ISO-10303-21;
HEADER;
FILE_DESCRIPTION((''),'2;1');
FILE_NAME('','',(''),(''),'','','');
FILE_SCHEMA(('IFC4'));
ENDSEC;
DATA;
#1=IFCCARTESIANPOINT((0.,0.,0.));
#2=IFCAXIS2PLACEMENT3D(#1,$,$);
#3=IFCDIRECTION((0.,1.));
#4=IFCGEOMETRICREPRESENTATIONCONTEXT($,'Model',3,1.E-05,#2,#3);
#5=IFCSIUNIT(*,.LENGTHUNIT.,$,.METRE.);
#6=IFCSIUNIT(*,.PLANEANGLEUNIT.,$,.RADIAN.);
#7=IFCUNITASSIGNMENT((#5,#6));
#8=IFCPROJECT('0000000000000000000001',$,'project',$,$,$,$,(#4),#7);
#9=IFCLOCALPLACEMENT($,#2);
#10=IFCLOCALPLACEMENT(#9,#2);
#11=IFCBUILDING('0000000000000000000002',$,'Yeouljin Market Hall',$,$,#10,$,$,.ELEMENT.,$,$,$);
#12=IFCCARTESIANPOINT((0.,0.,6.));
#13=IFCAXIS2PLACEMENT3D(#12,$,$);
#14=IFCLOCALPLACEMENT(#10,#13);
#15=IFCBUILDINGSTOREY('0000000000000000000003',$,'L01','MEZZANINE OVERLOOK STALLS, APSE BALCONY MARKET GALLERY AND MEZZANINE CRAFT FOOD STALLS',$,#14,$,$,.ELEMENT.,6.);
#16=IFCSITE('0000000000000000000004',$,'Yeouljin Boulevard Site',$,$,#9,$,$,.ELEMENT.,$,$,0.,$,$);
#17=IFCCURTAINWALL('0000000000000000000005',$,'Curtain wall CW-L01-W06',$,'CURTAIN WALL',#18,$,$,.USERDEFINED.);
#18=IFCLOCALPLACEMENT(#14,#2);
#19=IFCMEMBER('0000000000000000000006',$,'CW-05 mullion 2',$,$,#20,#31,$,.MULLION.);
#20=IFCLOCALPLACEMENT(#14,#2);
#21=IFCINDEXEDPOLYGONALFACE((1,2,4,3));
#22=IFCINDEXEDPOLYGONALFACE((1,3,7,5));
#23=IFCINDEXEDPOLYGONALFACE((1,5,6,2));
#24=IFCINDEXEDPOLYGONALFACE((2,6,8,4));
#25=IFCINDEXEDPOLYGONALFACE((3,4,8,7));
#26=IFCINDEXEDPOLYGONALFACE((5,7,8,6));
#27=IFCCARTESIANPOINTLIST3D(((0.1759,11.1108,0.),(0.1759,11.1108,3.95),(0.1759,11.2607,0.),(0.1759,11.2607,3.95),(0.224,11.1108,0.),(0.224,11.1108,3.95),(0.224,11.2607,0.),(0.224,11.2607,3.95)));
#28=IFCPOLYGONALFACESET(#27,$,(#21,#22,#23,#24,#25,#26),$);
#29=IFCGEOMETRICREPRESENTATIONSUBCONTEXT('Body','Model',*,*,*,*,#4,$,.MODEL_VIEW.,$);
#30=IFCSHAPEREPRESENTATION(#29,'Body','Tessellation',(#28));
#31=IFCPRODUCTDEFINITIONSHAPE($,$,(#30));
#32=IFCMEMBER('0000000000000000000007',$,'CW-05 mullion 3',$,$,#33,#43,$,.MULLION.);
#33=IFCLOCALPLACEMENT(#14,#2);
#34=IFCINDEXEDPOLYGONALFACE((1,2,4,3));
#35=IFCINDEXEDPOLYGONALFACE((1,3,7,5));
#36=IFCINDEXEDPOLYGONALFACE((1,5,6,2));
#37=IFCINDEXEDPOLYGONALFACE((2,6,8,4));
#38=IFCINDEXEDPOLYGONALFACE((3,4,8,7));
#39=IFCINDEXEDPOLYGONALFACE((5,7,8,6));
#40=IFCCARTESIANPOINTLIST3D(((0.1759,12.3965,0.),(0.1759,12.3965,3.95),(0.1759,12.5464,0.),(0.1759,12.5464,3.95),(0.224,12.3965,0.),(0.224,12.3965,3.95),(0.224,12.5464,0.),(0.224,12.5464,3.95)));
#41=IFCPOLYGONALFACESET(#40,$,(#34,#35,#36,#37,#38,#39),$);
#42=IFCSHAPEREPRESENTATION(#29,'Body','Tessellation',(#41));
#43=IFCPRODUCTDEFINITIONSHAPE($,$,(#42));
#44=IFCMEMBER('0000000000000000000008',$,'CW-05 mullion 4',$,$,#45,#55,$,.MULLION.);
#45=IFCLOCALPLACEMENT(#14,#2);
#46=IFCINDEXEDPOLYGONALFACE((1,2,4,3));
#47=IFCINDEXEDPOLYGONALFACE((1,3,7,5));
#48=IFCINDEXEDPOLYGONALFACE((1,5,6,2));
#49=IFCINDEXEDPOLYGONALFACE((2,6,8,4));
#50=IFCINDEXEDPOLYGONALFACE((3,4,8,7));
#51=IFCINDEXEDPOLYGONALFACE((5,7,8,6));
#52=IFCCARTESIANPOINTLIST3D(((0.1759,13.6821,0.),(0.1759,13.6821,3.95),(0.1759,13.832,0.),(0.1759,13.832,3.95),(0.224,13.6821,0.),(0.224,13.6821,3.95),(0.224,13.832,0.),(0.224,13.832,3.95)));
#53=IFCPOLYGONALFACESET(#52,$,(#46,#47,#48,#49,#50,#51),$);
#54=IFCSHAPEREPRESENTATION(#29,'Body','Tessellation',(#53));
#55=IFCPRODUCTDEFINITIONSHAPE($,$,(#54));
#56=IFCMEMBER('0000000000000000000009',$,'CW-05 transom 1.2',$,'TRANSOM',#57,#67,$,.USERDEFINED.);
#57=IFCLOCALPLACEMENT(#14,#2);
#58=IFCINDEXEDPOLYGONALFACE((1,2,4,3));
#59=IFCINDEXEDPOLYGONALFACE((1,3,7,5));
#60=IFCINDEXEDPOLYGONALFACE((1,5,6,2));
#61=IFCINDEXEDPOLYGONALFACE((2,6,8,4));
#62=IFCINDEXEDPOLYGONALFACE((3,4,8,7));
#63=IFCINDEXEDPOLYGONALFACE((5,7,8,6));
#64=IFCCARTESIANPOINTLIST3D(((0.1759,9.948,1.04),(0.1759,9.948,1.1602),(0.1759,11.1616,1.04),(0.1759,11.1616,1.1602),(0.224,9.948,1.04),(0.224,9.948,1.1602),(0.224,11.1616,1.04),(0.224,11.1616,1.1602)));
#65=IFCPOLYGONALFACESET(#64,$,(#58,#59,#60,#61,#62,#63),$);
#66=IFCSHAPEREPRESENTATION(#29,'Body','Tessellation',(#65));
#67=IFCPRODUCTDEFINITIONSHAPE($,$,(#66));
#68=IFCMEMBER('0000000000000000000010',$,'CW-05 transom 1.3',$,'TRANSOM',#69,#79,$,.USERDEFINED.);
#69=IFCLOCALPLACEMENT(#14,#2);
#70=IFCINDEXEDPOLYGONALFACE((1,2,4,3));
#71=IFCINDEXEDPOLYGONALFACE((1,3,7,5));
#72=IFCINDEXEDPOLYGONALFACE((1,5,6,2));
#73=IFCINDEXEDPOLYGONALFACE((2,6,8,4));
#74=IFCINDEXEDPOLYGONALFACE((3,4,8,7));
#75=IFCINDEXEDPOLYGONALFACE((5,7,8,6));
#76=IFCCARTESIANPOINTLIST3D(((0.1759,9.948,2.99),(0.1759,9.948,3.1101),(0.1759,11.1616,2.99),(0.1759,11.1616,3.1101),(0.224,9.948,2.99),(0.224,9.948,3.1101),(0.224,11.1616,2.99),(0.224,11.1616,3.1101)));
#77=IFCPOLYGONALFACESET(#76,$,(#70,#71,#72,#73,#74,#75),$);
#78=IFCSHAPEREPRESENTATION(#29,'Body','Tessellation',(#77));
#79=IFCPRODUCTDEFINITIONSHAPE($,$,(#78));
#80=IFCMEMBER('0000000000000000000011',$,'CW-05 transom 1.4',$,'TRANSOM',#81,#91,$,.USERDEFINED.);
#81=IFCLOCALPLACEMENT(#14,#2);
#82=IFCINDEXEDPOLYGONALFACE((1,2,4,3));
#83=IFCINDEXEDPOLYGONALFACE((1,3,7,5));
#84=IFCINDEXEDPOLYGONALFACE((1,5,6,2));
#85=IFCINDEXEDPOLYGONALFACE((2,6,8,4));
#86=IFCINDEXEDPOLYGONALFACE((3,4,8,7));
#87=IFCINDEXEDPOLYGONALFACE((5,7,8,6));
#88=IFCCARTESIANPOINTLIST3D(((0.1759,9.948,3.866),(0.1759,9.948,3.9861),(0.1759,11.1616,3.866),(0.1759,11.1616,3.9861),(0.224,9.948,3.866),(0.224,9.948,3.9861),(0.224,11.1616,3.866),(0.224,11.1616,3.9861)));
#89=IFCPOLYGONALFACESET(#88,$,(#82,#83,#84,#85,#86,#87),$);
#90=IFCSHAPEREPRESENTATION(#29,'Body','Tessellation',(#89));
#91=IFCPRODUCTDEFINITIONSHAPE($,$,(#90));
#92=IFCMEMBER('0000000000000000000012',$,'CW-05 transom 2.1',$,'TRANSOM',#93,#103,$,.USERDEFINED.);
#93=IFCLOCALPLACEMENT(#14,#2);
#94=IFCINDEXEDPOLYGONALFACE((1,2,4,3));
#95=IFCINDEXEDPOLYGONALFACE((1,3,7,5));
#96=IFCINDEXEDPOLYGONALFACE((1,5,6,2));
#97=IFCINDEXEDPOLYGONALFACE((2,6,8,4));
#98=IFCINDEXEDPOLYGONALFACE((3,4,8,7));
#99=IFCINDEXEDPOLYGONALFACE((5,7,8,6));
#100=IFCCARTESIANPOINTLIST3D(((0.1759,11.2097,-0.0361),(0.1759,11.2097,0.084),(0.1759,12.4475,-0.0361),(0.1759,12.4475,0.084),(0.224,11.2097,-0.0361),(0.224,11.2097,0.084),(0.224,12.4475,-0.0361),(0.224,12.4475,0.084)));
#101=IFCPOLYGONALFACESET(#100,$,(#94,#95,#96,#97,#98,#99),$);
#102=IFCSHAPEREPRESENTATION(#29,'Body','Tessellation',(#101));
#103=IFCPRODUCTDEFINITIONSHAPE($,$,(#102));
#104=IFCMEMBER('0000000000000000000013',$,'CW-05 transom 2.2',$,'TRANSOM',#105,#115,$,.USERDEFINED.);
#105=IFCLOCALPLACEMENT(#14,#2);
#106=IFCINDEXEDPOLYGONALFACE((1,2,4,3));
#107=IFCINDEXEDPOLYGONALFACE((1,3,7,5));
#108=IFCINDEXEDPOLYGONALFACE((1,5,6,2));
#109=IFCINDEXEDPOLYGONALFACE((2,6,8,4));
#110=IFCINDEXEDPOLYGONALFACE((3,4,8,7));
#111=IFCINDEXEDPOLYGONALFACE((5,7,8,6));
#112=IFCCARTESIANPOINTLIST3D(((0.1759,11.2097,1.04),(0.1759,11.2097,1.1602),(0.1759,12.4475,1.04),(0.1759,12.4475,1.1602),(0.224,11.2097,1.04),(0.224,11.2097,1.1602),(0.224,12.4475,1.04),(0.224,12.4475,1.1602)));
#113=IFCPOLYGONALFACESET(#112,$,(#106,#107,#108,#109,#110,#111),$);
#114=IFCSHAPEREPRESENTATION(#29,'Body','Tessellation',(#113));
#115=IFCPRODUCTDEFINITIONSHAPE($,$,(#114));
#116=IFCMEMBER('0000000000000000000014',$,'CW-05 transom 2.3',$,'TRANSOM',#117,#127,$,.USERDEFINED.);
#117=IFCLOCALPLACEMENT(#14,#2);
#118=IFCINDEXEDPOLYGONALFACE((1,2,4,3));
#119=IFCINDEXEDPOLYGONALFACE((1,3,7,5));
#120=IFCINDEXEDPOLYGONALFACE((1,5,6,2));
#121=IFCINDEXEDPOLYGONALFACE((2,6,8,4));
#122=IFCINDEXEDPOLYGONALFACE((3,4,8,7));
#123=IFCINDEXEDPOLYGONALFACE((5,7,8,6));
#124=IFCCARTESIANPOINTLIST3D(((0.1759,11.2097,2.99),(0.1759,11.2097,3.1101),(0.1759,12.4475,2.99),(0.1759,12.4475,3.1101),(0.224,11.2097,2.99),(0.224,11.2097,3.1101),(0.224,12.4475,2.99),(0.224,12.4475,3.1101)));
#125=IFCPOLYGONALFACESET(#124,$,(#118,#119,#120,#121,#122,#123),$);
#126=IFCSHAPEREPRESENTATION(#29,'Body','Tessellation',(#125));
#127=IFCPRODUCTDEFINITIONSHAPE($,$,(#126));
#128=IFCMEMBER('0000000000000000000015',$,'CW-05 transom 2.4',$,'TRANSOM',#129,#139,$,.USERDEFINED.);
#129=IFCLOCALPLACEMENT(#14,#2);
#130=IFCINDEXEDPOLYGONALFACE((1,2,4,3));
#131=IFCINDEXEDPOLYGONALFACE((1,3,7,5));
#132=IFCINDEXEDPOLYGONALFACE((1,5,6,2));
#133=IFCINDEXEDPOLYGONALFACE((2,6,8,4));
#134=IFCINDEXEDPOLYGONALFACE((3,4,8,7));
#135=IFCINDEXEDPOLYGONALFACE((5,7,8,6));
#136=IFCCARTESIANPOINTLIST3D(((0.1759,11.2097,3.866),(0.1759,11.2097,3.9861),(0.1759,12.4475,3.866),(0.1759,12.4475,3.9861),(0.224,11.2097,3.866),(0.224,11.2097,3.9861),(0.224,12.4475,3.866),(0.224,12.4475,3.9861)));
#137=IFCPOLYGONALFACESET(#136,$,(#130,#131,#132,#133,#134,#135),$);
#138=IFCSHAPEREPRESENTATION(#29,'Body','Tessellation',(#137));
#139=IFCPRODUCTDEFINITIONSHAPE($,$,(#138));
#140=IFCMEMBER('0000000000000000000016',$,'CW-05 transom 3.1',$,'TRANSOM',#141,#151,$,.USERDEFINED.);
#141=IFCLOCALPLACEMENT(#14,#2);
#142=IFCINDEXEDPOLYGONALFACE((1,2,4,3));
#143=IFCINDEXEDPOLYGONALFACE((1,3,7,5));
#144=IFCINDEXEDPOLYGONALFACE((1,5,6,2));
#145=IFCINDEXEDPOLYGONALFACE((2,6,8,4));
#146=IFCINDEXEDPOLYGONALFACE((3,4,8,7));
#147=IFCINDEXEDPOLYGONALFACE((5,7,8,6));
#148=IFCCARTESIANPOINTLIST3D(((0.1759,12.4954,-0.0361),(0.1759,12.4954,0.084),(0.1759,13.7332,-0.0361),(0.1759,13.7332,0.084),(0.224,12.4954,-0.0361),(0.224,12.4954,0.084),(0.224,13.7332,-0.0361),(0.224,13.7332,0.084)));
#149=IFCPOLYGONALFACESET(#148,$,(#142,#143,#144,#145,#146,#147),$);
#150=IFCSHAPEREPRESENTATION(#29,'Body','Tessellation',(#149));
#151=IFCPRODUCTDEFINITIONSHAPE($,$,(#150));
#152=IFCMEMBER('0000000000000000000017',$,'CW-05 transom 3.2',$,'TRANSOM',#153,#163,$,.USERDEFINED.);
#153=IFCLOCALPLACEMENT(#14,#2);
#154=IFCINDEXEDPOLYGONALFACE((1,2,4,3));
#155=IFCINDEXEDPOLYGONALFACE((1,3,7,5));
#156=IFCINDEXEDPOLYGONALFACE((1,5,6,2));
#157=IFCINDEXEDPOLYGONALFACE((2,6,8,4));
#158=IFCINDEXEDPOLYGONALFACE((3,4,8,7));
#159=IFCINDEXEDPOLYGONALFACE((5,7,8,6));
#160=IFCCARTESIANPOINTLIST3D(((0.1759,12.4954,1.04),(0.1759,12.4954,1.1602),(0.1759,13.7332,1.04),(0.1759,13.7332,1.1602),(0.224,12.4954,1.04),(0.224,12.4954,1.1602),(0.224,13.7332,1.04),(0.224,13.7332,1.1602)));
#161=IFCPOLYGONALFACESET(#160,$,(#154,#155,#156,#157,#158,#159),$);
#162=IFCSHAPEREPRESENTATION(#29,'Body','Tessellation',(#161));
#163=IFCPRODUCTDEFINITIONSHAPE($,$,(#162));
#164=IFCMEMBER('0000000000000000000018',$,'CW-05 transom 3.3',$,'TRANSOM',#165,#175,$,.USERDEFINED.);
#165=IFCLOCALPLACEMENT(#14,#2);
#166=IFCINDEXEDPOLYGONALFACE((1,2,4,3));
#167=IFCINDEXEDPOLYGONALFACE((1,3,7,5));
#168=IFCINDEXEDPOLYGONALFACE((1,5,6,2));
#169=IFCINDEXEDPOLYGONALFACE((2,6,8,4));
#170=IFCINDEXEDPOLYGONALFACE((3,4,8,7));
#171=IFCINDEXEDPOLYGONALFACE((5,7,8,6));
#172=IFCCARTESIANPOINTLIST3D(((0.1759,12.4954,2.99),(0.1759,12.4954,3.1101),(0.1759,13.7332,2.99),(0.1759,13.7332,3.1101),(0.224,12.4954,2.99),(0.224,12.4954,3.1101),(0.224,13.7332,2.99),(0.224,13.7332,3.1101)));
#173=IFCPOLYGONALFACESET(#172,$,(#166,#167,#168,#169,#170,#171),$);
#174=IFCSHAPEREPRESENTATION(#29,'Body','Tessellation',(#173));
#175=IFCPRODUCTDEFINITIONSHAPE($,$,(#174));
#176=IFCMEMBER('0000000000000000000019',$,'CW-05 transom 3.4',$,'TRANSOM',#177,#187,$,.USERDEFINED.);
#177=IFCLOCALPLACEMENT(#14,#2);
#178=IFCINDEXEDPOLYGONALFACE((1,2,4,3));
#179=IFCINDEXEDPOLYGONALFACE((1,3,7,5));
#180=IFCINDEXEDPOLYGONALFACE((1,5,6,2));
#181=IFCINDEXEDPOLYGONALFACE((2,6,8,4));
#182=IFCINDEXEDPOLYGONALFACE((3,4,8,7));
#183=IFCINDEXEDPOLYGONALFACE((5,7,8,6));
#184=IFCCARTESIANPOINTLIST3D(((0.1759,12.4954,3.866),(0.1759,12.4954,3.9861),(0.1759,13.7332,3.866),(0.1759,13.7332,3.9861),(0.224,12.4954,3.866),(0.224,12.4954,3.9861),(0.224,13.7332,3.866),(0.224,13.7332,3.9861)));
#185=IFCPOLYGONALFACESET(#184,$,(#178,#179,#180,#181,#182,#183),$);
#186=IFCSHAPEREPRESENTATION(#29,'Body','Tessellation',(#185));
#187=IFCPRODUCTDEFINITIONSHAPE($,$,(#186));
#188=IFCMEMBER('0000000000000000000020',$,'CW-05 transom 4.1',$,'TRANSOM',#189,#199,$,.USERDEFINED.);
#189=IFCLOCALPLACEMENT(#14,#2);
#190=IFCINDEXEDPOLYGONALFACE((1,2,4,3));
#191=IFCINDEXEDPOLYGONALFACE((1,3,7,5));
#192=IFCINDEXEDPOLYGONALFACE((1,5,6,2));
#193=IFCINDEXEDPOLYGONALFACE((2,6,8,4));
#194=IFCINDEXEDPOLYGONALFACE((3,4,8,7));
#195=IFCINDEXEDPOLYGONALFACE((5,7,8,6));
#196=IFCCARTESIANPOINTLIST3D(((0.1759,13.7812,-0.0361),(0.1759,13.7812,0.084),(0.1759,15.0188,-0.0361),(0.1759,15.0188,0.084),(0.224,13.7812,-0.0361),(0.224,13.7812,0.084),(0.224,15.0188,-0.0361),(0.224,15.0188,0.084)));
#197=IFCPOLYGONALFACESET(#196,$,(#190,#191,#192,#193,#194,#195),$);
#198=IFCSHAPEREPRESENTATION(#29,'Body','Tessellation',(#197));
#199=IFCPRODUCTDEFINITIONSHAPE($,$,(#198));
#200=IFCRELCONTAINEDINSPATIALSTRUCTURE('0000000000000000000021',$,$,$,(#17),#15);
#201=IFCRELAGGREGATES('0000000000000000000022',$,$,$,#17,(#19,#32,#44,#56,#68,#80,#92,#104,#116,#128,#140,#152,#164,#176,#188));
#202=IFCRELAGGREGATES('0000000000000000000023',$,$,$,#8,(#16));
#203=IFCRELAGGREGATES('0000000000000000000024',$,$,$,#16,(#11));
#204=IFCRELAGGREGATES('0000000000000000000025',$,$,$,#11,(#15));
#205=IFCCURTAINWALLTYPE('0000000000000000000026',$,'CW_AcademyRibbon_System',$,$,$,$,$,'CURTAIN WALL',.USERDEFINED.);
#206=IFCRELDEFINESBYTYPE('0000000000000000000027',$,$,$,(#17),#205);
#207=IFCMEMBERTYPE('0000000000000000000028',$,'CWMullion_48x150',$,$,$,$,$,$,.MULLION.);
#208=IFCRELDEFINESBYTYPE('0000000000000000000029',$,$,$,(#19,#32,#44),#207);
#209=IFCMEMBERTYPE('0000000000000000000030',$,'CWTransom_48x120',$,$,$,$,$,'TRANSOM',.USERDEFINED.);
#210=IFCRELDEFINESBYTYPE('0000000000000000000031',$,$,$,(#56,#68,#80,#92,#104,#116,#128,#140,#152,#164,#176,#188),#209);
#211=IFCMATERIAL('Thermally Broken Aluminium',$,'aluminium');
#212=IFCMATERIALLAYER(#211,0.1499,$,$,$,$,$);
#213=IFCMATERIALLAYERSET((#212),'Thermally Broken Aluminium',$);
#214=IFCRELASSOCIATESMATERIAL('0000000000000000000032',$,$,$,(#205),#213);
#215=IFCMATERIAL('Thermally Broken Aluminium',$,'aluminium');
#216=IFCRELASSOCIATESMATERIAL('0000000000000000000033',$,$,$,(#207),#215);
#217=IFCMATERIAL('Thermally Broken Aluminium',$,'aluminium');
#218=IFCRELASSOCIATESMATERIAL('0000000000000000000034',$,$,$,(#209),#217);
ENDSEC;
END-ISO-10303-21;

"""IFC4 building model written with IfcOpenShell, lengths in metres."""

from ifc_helpers import new_model, si_unit, direction, frame, origin, origin_2d, place, context, subcontext, project, spatial, rectangle, extrude, material, layer, layer_set, material_profile, profile_set, type_object, element, aggregate, save


model = new_model("IFC4")

# Units and contexts
model_context = context("Model", 3, precision=1e-05, world=origin(), true_north=direction((0.0, 1.0)))
body_context = subcontext(model_context, "Body", "Model", "MODEL_VIEW")
ifc_project = project(units=[si_unit("LENGTHUNIT", "METRE"), si_unit("PLANEANGLEUNIT", "RADIAN")], contexts=[model_context])

# Site, building, storey
site_placement = place(None, origin())
site = spatial("IfcSite", under=ifc_project, at=site_placement, Name="Yeouljin Boulevard Site", CompositionType="ELEMENT", RefElevation=0.0)
building_placement = place(site_placement, origin())
building = spatial("IfcBuilding", under=site, at=building_placement, Name="Yeouljin Market Hall", CompositionType="ELEMENT")
storey_placement = place(building_placement, frame((0.0, 0.0, 6.0)))
storey = spatial("IfcBuildingStorey", under=building, at=storey_placement, Name="L01", Description="MEZZANINE OVERLOOK STALLS, APSE BALCONY MARKET GALLERY AND MEZZANINE CRAFT FOOD STALLS", CompositionType="ELEMENT", Elevation=6.0)

# Curtain wall, members
ifc_material_1 = material(Name="Thermally Broken Aluminium", Category="aluminium")
ifc_layer_1 = layer(ifc_material_1, 0.1499)
ifc_layer_set_1 = layer_set([ifc_layer_1], Name="Thermally Broken Aluminium")
curtain_wall_type = type_object("IfcCurtainWallType", Name="CW_AcademyRibbon_System", ElementType="CURTAIN WALL", PredefinedType="USERDEFINED", material=ifc_layer_set_1)
curtain_wall_placement = place(storey_placement, origin())
curtain_wall = element("IfcCurtainWall", 1, at=curtain_wall_placement, inside=storey, type_object=curtain_wall_type, Name="Curtain wall CW-L01-W06", ObjectType="CURTAIN WALL", PredefinedType="USERDEFINED")
ifc_material_2 = material(Name="Thermally Broken Aluminium", Category="aluminium")
ifc_material_profile_1 = material_profile(ifc_material_2, rectangle(XDim=0.0481, YDim=0.1499, at=origin_2d()), Name="CW-MULL-48x150")
ifc_profile_set_1 = profile_set([ifc_material_profile_1], Name="Thermally Broken Aluminium")
member_type_1 = type_object("IfcMemberType", Name="CWMullion_48x150", PredefinedType="MULLION", material=ifc_profile_set_1)
member_1_placement = place(storey_placement, frame((0.2, 11.1858, 0.0), z_axis=(0.0, 0.0, 1.0), x_axis=(-1.0, 0.0, 0.0)))
member_1 = element("IfcMember", 2, at=member_1_placement, type_object=member_type_1, Name="CW-05 mullion 2", PredefinedType="MULLION", context=body_context, shape_type="SweptSolid", body=[
    extrude(rectangle(XDim=0.0481, YDim=0.1499, at=origin_2d()), origin(), (0.0, 0.0, 1.0), 3.95),
])
member_2_placement = place(storey_placement, frame((0.2, 12.4714, 0.0), z_axis=(0.0, 0.0, 1.0), x_axis=(-1.0, 0.0, 0.0)))
member_2 = element("IfcMember", 3, at=member_2_placement, type_object=member_type_1, Name="CW-05 mullion 3", PredefinedType="MULLION", context=body_context, shape_type="SweptSolid", body=[
    extrude(rectangle(XDim=0.0481, YDim=0.1499, at=origin_2d()), origin(), (0.0, 0.0, 1.0), 3.95),
])
member_3_placement = place(storey_placement, frame((0.2, 13.7571, 0.0), z_axis=(0.0, 0.0, 1.0), x_axis=(-1.0, 0.0, 0.0)))
member_3 = element("IfcMember", 4, at=member_3_placement, type_object=member_type_1, Name="CW-05 mullion 4", PredefinedType="MULLION", context=body_context, shape_type="SweptSolid", body=[
    extrude(rectangle(XDim=0.0481, YDim=0.1499, at=origin_2d()), origin(), (0.0, 0.0, 1.0), 3.95),
])
ifc_material_3 = material(Name="Thermally Broken Aluminium", Category="aluminium")
ifc_material_profile_2 = material_profile(ifc_material_3, rectangle(XDim=0.0481, YDim=0.1201, at=origin_2d()), Name="CW-TRAN-48x120")
ifc_profile_set_2 = profile_set([ifc_material_profile_2], Name="Thermally Broken Aluminium")
member_type_2 = type_object("IfcMemberType", Name="CWTransom_48x120", ElementType="TRANSOM", PredefinedType="USERDEFINED", material=ifc_profile_set_2)
member_4_placement = place(storey_placement, frame((0.2, 9.948, 1.1001), z_axis=(0.0, 1.0, 0.0), x_axis=(-1.0, 0.0, 0.0)))
member_4 = element("IfcMember", 5, at=member_4_placement, type_object=member_type_2, Name="CW-05 transom 1.2", ObjectType="TRANSOM", PredefinedType="USERDEFINED", context=body_context, shape_type="SweptSolid", body=[
    extrude(rectangle(XDim=0.0481, YDim=0.1201, at=origin_2d()), origin(), (0.0, 0.0, 1.0), 1.2136),
])
member_5_placement = place(storey_placement, frame((0.2, 9.948, 3.05), z_axis=(0.0, 1.0, 0.0), x_axis=(-1.0, 0.0, 0.0)))
member_5 = element("IfcMember", 6, at=member_5_placement, type_object=member_type_2, Name="CW-05 transom 1.3", ObjectType="TRANSOM", PredefinedType="USERDEFINED", context=body_context, shape_type="SweptSolid", body=[
    extrude(rectangle(XDim=0.0481, YDim=0.1201, at=origin_2d()), origin(), (0.0, 0.0, 1.0), 1.2136),
])
member_6_placement = place(storey_placement, frame((0.2, 9.948, 3.926), z_axis=(0.0, 1.0, 0.0), x_axis=(-1.0, 0.0, 0.0)))
member_6 = element("IfcMember", 7, at=member_6_placement, type_object=member_type_2, Name="CW-05 transom 1.4", ObjectType="TRANSOM", PredefinedType="USERDEFINED", context=body_context, shape_type="SweptSolid", body=[
    extrude(rectangle(XDim=0.0481, YDim=0.1201, at=origin_2d()), origin(), (0.0, 0.0, 1.0), 1.2136),
])
member_7_placement = place(storey_placement, frame((0.2, 11.2097, 0.0239), z_axis=(0.0, 1.0, 0.0), x_axis=(-1.0, 0.0, 0.0)))
member_7 = element("IfcMember", 8, at=member_7_placement, type_object=member_type_2, Name="CW-05 transom 2.1", ObjectType="TRANSOM", PredefinedType="USERDEFINED", context=body_context, shape_type="SweptSolid", body=[
    extrude(rectangle(XDim=0.0481, YDim=0.1201, at=origin_2d()), origin(), (0.0, 0.0, 1.0), 1.2378),
])
member_8_placement = place(storey_placement, frame((0.2, 11.2097, 1.1001), z_axis=(0.0, 1.0, 0.0), x_axis=(-1.0, 0.0, 0.0)))
member_8 = element("IfcMember", 9, at=member_8_placement, type_object=member_type_2, Name="CW-05 transom 2.2", ObjectType="TRANSOM", PredefinedType="USERDEFINED", context=body_context, shape_type="SweptSolid", body=[
    extrude(rectangle(XDim=0.0481, YDim=0.1201, at=origin_2d()), origin(), (0.0, 0.0, 1.0), 1.2378),
])
member_9_placement = place(storey_placement, frame((0.2, 11.2097, 3.05), z_axis=(0.0, 1.0, 0.0), x_axis=(-1.0, 0.0, 0.0)))
member_9 = element("IfcMember", 10, at=member_9_placement, type_object=member_type_2, Name="CW-05 transom 2.3", ObjectType="TRANSOM", PredefinedType="USERDEFINED", context=body_context, shape_type="SweptSolid", body=[
    extrude(rectangle(XDim=0.0481, YDim=0.1201, at=origin_2d()), origin(), (0.0, 0.0, 1.0), 1.2378),
])
member_10_placement = place(storey_placement, frame((0.2, 11.2097, 3.926), z_axis=(0.0, 1.0, 0.0), x_axis=(-1.0, 0.0, 0.0)))
member_10 = element("IfcMember", 11, at=member_10_placement, type_object=member_type_2, Name="CW-05 transom 2.4", ObjectType="TRANSOM", PredefinedType="USERDEFINED", context=body_context, shape_type="SweptSolid", body=[
    extrude(rectangle(XDim=0.0481, YDim=0.1201, at=origin_2d()), origin(), (0.0, 0.0, 1.0), 1.2378),
])
member_11_placement = place(storey_placement, frame((0.2, 12.4954, 0.0239), z_axis=(0.0, 1.0, 0.0), x_axis=(-1.0, 0.0, 0.0)))
member_11 = element("IfcMember", 12, at=member_11_placement, type_object=member_type_2, Name="CW-05 transom 3.1", ObjectType="TRANSOM", PredefinedType="USERDEFINED", context=body_context, shape_type="SweptSolid", body=[
    extrude(rectangle(XDim=0.0481, YDim=0.1201, at=origin_2d()), origin(), (0.0, 0.0, 1.0), 1.2378),
])
member_12_placement = place(storey_placement, frame((0.2, 12.4954, 1.1001), z_axis=(0.0, 1.0, 0.0), x_axis=(-1.0, 0.0, 0.0)))
member_12 = element("IfcMember", 13, at=member_12_placement, type_object=member_type_2, Name="CW-05 transom 3.2", ObjectType="TRANSOM", PredefinedType="USERDEFINED", context=body_context, shape_type="SweptSolid", body=[
    extrude(rectangle(XDim=0.0481, YDim=0.1201, at=origin_2d()), origin(), (0.0, 0.0, 1.0), 1.2378),
])
member_13_placement = place(storey_placement, frame((0.2, 12.4954, 3.05), z_axis=(0.0, 1.0, 0.0), x_axis=(-1.0, 0.0, 0.0)))
member_13 = element("IfcMember", 14, at=member_13_placement, type_object=member_type_2, Name="CW-05 transom 3.3", ObjectType="TRANSOM", PredefinedType="USERDEFINED", context=body_context, shape_type="SweptSolid", body=[
    extrude(rectangle(XDim=0.0481, YDim=0.1201, at=origin_2d()), origin(), (0.0, 0.0, 1.0), 1.2378),
])
member_14_placement = place(storey_placement, frame((0.2, 12.4954, 3.926), z_axis=(0.0, 1.0, 0.0), x_axis=(-1.0, 0.0, 0.0)))
member_14 = element("IfcMember", 15, at=member_14_placement, type_object=member_type_2, Name="CW-05 transom 3.4", ObjectType="TRANSOM", PredefinedType="USERDEFINED", context=body_context, shape_type="SweptSolid", body=[
    extrude(rectangle(XDim=0.0481, YDim=0.1201, at=origin_2d()), origin(), (0.0, 0.0, 1.0), 1.2378),
])
member_15_placement = place(storey_placement, frame((0.2, 13.7812, 0.0239), z_axis=(0.0, 1.0, 0.0), x_axis=(-1.0, 0.0, 0.0)))
member_15 = element("IfcMember", 16, at=member_15_placement, type_object=member_type_2, Name="CW-05 transom 4.1", ObjectType="TRANSOM", PredefinedType="USERDEFINED", context=body_context, shape_type="SweptSolid", body=[
    extrude(rectangle(XDim=0.0481, YDim=0.1201, at=origin_2d()), origin(), (0.0, 0.0, 1.0), 1.2375),
])
aggregate(curtain_wall, [member_1, member_2, member_3, member_4, member_5, member_6, member_7, member_8, member_9, member_10, member_11, member_12, member_13, member_14, member_15])

save(model, "model.ifc")
